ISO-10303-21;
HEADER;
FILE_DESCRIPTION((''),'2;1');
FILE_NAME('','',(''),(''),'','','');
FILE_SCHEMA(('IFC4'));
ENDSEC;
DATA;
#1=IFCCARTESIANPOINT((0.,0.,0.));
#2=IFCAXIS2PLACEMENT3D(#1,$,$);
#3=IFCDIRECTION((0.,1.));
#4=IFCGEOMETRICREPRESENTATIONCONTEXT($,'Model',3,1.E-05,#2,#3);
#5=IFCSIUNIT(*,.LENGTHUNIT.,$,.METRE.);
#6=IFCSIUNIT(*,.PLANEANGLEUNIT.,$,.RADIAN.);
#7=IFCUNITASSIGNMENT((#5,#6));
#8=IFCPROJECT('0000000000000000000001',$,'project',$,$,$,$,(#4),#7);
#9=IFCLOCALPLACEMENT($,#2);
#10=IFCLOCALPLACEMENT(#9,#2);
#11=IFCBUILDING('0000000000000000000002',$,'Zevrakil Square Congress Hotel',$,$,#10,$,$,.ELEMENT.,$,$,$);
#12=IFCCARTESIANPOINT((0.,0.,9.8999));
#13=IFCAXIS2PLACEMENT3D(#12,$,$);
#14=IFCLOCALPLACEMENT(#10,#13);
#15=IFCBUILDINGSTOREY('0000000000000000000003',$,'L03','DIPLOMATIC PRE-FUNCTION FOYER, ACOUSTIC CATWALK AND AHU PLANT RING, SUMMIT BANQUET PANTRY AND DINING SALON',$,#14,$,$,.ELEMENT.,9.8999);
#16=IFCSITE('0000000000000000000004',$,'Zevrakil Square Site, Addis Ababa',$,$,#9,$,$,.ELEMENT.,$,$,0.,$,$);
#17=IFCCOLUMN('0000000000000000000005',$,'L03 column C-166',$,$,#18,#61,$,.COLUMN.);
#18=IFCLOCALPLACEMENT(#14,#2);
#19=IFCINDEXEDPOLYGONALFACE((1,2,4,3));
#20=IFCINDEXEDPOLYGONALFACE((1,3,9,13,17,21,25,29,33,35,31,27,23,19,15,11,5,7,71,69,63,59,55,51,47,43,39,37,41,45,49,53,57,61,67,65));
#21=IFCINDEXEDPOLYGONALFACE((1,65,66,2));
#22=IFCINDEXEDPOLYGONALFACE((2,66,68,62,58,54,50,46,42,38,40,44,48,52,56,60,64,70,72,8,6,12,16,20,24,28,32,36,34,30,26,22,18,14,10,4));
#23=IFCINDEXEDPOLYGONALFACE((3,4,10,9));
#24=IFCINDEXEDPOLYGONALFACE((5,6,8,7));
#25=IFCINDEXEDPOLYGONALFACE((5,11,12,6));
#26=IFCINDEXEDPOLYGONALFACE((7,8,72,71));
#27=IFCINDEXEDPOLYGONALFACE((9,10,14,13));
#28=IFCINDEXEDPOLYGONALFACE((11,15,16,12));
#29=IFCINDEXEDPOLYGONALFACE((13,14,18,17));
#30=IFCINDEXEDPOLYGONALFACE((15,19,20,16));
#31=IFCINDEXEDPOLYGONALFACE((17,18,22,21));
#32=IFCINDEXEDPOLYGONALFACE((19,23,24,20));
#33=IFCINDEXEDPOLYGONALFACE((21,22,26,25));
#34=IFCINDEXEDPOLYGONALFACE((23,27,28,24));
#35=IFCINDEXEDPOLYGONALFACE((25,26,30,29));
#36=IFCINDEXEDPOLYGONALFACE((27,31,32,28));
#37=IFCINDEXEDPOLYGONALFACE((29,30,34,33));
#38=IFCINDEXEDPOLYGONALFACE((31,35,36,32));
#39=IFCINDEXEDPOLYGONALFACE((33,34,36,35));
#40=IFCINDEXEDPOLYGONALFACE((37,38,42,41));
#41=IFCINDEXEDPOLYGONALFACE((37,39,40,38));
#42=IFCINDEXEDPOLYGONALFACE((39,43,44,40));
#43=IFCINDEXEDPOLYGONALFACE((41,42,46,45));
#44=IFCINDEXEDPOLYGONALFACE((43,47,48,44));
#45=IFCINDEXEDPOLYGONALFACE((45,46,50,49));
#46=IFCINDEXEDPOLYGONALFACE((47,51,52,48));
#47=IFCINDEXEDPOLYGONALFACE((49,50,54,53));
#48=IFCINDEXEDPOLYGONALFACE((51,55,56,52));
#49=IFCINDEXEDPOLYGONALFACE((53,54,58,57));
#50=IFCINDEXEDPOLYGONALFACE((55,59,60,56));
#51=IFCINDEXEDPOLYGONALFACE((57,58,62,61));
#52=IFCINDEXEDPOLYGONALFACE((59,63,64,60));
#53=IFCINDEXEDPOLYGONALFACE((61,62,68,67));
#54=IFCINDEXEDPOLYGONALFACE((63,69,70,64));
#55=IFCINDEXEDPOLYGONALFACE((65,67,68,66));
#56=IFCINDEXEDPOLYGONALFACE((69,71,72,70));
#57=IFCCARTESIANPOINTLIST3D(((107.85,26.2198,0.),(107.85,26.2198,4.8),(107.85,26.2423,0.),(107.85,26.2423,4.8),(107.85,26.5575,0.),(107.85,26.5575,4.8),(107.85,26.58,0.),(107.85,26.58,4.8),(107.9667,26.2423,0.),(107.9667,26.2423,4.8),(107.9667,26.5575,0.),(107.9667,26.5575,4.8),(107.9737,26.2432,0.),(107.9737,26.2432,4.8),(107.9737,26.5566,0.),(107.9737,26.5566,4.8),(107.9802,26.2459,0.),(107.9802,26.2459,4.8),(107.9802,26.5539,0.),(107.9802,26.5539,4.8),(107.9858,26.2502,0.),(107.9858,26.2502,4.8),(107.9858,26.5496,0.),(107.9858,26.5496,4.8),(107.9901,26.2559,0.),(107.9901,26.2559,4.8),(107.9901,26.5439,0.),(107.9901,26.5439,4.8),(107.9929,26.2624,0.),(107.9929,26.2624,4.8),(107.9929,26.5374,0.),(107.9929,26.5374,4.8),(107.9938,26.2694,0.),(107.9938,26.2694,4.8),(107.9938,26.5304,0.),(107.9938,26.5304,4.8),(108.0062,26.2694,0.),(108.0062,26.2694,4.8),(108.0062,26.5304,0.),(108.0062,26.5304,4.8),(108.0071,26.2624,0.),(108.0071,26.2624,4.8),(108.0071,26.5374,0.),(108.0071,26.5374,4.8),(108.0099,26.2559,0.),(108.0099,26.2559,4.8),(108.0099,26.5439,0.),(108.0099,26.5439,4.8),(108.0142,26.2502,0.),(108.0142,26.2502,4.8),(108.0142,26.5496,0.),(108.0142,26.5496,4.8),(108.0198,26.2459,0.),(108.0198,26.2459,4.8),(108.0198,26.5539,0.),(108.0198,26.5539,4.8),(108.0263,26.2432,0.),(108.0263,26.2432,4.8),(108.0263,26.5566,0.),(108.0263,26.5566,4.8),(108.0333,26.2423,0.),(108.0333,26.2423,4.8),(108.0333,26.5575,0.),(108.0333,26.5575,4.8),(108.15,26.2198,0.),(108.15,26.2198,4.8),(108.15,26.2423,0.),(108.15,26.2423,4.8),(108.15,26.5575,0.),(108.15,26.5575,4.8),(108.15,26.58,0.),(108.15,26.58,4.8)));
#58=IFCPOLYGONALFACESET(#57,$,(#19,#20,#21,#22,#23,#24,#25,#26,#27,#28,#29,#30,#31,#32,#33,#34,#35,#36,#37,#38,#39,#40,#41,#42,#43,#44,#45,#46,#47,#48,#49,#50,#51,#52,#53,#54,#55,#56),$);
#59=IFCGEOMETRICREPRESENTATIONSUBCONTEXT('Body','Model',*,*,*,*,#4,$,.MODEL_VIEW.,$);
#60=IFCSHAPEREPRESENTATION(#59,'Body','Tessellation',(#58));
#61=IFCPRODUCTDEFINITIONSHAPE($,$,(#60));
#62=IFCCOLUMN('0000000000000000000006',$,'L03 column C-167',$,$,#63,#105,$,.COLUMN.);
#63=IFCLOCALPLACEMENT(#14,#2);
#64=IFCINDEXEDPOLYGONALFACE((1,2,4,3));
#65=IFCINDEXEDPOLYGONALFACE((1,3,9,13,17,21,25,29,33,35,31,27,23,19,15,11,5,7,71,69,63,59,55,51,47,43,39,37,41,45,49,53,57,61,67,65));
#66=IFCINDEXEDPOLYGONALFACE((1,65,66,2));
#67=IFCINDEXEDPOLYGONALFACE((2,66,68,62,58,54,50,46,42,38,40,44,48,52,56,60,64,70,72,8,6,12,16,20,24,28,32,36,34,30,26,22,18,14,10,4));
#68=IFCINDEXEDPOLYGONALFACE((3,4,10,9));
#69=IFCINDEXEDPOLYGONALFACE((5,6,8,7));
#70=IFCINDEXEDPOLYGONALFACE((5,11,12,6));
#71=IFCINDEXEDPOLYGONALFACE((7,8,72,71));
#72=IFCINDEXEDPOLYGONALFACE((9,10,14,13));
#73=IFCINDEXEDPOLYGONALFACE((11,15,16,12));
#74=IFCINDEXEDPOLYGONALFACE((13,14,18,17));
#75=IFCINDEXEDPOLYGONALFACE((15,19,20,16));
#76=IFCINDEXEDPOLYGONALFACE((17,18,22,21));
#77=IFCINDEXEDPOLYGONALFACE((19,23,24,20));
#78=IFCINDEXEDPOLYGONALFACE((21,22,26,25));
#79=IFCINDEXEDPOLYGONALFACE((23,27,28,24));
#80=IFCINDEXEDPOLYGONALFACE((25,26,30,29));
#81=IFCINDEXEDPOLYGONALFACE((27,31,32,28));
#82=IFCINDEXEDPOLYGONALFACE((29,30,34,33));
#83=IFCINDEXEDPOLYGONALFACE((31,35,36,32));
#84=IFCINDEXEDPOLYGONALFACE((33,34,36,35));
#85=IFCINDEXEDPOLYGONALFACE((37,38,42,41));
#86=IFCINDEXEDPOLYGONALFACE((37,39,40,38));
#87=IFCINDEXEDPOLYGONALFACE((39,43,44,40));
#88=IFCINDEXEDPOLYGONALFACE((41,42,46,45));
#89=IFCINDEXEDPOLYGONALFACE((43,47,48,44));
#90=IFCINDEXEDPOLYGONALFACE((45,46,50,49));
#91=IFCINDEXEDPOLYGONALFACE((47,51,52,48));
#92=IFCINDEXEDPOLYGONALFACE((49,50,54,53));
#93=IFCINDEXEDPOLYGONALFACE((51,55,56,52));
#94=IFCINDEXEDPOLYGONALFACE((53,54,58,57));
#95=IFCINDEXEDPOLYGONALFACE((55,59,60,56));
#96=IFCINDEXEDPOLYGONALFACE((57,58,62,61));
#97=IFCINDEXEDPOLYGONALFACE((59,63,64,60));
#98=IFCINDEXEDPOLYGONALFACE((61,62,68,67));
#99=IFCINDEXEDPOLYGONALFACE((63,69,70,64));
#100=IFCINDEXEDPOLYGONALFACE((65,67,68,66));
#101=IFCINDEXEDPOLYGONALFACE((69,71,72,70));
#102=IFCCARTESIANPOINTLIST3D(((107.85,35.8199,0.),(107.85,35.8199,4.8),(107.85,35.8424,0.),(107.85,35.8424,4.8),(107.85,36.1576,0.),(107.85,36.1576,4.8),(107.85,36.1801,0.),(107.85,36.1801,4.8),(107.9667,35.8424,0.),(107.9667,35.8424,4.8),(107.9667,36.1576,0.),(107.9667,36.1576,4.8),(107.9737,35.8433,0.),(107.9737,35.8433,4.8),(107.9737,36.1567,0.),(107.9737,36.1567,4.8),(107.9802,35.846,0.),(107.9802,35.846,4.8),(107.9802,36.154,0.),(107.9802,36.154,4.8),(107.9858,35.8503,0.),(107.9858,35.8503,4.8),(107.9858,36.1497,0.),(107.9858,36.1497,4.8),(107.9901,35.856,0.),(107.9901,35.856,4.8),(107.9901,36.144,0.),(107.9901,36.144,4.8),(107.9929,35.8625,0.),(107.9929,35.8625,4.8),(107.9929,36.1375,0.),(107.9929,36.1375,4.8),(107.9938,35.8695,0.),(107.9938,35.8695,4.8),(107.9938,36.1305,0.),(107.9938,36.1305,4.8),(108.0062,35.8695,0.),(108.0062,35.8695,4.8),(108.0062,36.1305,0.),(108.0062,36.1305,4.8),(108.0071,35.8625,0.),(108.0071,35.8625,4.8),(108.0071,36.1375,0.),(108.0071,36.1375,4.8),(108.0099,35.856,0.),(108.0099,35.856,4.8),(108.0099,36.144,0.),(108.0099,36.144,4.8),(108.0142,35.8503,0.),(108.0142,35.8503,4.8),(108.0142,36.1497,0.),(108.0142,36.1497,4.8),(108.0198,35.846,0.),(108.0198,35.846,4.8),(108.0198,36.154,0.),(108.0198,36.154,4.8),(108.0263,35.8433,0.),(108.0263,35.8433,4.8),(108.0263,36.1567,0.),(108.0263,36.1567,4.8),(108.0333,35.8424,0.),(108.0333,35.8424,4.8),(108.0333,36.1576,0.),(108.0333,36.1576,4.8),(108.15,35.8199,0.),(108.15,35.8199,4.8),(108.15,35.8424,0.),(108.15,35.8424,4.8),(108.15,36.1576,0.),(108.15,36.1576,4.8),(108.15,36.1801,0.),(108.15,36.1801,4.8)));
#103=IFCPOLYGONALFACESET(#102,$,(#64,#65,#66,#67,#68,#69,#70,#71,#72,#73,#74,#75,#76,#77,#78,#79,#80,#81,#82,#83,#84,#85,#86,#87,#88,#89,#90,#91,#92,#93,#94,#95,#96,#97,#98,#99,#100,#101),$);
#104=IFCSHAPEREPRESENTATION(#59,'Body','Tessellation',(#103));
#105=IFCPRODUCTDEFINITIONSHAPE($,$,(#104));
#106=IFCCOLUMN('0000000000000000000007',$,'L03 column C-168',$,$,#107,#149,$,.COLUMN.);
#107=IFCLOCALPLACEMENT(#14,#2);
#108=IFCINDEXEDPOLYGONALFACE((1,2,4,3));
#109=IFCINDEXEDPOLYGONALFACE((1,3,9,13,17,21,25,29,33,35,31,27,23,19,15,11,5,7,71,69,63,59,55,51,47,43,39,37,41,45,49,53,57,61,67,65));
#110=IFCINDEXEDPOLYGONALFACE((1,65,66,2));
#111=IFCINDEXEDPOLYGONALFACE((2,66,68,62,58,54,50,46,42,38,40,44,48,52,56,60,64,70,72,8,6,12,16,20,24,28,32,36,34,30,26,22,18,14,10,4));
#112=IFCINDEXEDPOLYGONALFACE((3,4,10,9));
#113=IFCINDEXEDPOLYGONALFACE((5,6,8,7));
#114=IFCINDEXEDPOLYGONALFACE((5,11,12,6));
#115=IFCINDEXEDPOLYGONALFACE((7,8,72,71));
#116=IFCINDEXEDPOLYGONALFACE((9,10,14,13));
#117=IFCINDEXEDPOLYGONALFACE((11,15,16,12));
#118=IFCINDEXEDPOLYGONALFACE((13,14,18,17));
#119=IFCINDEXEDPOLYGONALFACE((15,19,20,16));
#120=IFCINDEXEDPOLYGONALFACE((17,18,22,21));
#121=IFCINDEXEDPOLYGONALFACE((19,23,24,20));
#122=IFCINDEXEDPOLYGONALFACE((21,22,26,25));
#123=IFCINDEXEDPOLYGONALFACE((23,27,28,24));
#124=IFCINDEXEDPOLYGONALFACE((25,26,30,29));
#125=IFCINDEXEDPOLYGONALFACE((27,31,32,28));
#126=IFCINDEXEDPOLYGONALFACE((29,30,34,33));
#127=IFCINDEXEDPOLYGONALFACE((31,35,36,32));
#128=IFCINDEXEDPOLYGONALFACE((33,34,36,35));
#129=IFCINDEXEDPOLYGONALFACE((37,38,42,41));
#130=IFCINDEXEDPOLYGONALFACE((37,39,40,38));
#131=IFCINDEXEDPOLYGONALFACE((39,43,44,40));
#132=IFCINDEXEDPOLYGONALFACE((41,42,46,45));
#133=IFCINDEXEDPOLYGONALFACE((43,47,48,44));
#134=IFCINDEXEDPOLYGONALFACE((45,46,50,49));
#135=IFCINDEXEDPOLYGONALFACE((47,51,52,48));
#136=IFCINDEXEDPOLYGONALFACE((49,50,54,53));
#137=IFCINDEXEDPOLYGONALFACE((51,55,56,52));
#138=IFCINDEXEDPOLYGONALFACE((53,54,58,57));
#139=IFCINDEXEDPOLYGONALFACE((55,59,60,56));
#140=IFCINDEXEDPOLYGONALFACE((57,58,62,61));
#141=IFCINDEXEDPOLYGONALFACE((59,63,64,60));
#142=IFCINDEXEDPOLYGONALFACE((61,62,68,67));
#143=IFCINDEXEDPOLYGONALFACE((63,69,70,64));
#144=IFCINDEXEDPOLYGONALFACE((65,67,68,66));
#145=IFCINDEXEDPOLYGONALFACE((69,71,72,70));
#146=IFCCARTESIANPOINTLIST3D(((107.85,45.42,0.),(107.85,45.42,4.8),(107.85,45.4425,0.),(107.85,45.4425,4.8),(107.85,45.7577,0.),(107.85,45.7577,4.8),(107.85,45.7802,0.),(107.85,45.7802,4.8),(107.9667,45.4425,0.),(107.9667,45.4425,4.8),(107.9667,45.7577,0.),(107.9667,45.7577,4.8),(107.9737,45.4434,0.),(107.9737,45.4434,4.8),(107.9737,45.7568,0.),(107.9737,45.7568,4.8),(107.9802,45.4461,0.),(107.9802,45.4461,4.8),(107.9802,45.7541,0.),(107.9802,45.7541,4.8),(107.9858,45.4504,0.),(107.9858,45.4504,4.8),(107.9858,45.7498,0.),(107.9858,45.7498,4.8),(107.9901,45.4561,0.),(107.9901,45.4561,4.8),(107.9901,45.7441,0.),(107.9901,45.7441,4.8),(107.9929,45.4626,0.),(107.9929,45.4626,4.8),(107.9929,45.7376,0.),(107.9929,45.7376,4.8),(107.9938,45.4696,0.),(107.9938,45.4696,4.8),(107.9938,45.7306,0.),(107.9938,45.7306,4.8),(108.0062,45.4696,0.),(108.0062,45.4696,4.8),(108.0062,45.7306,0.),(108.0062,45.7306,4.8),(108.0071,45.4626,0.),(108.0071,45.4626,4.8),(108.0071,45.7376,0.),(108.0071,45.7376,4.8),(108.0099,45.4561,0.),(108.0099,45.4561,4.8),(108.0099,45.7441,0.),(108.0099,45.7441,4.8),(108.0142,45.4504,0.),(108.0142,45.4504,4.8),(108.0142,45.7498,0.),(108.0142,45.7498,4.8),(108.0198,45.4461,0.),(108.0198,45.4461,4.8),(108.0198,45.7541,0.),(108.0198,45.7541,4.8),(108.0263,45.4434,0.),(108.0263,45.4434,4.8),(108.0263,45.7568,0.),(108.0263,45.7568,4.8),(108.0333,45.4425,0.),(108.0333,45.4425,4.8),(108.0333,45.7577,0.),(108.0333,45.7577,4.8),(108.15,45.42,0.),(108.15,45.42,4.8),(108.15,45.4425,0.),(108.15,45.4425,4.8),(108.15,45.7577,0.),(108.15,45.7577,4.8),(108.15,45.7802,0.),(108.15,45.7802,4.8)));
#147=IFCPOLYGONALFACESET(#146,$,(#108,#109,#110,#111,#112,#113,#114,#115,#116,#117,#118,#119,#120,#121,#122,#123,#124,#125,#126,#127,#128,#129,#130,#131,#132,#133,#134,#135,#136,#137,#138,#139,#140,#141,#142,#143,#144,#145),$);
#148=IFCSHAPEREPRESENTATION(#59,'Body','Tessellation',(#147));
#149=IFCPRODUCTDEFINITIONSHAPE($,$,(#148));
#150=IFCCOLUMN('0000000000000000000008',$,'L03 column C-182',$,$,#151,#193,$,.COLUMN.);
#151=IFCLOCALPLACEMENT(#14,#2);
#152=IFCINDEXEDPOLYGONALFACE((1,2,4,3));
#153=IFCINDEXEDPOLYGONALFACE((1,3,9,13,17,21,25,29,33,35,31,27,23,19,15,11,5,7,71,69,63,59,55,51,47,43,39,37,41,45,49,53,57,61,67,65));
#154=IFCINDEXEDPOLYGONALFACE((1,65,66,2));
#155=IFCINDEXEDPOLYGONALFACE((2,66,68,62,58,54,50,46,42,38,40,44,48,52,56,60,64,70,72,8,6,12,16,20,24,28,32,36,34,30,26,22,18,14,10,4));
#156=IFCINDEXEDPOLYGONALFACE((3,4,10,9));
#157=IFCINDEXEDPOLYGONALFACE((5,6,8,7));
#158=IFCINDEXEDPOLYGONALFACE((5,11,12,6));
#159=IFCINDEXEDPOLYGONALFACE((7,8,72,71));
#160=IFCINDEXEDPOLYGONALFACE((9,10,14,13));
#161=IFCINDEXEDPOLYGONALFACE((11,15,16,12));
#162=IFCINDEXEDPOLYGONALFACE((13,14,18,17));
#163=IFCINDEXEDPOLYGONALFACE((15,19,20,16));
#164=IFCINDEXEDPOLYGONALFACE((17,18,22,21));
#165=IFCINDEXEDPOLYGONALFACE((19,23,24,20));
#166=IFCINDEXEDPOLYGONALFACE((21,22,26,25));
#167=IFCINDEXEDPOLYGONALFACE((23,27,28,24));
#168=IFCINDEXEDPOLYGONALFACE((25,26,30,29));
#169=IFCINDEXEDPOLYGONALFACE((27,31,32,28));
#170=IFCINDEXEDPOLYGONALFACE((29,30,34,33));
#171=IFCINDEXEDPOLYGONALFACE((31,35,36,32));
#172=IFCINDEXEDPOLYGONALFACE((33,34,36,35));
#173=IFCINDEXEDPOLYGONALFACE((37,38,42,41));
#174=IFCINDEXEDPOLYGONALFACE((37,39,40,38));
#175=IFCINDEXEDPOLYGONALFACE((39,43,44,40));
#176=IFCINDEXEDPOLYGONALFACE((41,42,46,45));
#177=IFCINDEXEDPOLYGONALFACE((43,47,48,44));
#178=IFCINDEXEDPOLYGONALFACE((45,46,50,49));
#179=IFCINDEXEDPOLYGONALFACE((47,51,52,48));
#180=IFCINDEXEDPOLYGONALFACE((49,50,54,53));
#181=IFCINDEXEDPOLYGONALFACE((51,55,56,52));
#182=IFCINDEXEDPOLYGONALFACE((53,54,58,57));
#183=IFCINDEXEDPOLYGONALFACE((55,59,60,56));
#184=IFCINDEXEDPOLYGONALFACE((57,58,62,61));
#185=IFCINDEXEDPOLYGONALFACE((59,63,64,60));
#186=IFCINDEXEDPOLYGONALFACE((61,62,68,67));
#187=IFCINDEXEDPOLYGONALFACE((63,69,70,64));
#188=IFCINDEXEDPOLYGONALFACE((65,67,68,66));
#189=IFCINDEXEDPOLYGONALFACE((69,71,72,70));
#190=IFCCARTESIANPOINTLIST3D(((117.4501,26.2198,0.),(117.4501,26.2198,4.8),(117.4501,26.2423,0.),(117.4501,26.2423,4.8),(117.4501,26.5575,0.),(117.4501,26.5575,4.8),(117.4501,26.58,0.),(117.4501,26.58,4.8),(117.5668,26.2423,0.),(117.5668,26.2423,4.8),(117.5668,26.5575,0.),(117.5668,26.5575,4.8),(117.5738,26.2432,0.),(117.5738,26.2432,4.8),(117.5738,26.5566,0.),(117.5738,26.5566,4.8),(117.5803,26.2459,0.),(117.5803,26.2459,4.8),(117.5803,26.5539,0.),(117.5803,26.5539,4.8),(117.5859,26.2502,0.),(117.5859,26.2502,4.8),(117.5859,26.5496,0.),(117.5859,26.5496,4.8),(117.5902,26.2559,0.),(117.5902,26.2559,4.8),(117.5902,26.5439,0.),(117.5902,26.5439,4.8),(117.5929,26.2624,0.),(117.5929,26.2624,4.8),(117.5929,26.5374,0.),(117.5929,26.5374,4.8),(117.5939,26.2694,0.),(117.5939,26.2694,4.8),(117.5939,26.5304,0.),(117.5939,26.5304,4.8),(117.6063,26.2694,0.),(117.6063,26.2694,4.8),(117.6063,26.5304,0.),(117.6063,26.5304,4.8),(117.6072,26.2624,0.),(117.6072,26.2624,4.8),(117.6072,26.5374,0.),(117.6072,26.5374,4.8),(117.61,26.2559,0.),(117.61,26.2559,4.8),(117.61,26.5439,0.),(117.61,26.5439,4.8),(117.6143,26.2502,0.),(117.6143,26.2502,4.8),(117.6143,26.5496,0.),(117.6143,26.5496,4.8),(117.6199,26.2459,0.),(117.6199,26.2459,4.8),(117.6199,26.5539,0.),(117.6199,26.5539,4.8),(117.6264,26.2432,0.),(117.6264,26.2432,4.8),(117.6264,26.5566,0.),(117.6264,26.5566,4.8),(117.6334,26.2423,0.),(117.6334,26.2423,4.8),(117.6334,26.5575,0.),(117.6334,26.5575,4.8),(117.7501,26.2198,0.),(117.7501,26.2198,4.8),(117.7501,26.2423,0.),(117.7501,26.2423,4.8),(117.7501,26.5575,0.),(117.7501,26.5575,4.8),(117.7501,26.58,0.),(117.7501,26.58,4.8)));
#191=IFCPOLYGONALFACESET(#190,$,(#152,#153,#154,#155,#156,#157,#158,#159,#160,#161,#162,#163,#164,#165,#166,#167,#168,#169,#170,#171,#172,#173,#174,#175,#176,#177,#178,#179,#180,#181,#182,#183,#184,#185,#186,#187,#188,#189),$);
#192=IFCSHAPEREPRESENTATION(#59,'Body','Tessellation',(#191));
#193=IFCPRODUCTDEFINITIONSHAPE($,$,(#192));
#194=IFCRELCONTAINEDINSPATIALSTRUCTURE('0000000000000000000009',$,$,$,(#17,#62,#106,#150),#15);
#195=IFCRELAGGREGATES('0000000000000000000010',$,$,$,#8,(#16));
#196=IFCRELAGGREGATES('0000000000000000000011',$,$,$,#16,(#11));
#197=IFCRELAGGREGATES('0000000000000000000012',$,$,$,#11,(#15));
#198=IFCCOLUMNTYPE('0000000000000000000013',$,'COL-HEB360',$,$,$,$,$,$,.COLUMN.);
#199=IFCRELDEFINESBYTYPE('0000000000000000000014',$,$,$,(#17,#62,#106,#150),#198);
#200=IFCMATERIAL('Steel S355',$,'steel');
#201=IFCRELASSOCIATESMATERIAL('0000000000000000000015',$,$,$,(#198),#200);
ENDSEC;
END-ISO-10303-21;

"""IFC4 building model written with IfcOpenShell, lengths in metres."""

from ifc_helpers import new_model, si_unit, direction, frame, origin, origin_2d, place, context, subcontext, project, spatial, i_section, extrude, material, material_profile, profile_set, type_object, element, save


model = new_model("IFC4")

# Units and contexts
model_context = context("Model", 3, precision=1e-05, world=origin(), true_north=direction((0.0, 1.0)))
body_context = subcontext(model_context, "Body", "Model", "MODEL_VIEW")
ifc_project = project(units=[si_unit("LENGTHUNIT", "METRE"), si_unit("PLANEANGLEUNIT", "RADIAN")], contexts=[model_context])

# Site, building, storey
site_placement = place(None, origin())
site = spatial("IfcSite", under=ifc_project, at=site_placement, Name="Zevrakil Square Site, Addis Ababa", CompositionType="ELEMENT", RefElevation=0.0)
building_placement = place(site_placement, origin())
building = spatial("IfcBuilding", under=site, at=building_placement, Name="Zevrakil Square Congress Hotel", CompositionType="ELEMENT")
storey_placement = place(building_placement, frame((0.0, 0.0, 9.8999)))
storey = spatial("IfcBuildingStorey", under=building, at=storey_placement, Name="L03", Description="DIPLOMATIC PRE-FUNCTION FOYER, ACOUSTIC CATWALK AND AHU PLANT RING, SUMMIT BANQUET PANTRY AND DINING SALON", CompositionType="ELEMENT", Elevation=9.8999)

# Columns
ifc_material_1 = material(Name="Steel S355", Category="steel")
ifc_material_profile_1 = material_profile(ifc_material_1, i_section(OverallWidth=0.3, OverallDepth=0.3601, WebThickness=0.0125, FlangeThickness=0.0225, FilletRadius=0.0271, at=origin_2d()), Name="HEB 360")
ifc_profile_set_1 = profile_set([ifc_material_profile_1], Name="Steel S355")
column_type_1 = type_object("IfcColumnType", Name="COL-HEB360", PredefinedType="COLUMN", material=ifc_profile_set_1)
for number, where, z_axis, x_axis, name in (
    (1, (108.0, 26.3999, 0.0), (0.0, 0.0, 1.0), (1.0, 0.0, 0.0), "L03 column C-166"),
    (2, (108.0, 36.0, 0.0), (0.0, 0.0, 1.0), (1.0, 0.0, 0.0), "L03 column C-167"),
    (3, (108.0, 45.6001, 0.0), (0.0, 0.0, 1.0), (1.0, 0.0, 0.0), "L03 column C-168"),
    (4, (117.6001, 26.3999, 0.0), (0.0, 0.0, 1.0), (1.0, 0.0, 0.0), "L03 column C-182"),
):
    element("IfcColumn", number, at=place(storey_placement, frame(where, z_axis=z_axis, x_axis=x_axis)), inside=storey, type_object=column_type_1, Name=name, PredefinedType="COLUMN", context=body_context, shape_type="SweptSolid", body=[
        extrude(i_section(OverallWidth=0.3, OverallDepth=0.3601, WebThickness=0.0125, FlangeThickness=0.0225, FilletRadius=0.0271, at=origin_2d()), origin(), (0.0, 0.0, 1.0), 4.8),
    ])

save(model, "model.ifc")
